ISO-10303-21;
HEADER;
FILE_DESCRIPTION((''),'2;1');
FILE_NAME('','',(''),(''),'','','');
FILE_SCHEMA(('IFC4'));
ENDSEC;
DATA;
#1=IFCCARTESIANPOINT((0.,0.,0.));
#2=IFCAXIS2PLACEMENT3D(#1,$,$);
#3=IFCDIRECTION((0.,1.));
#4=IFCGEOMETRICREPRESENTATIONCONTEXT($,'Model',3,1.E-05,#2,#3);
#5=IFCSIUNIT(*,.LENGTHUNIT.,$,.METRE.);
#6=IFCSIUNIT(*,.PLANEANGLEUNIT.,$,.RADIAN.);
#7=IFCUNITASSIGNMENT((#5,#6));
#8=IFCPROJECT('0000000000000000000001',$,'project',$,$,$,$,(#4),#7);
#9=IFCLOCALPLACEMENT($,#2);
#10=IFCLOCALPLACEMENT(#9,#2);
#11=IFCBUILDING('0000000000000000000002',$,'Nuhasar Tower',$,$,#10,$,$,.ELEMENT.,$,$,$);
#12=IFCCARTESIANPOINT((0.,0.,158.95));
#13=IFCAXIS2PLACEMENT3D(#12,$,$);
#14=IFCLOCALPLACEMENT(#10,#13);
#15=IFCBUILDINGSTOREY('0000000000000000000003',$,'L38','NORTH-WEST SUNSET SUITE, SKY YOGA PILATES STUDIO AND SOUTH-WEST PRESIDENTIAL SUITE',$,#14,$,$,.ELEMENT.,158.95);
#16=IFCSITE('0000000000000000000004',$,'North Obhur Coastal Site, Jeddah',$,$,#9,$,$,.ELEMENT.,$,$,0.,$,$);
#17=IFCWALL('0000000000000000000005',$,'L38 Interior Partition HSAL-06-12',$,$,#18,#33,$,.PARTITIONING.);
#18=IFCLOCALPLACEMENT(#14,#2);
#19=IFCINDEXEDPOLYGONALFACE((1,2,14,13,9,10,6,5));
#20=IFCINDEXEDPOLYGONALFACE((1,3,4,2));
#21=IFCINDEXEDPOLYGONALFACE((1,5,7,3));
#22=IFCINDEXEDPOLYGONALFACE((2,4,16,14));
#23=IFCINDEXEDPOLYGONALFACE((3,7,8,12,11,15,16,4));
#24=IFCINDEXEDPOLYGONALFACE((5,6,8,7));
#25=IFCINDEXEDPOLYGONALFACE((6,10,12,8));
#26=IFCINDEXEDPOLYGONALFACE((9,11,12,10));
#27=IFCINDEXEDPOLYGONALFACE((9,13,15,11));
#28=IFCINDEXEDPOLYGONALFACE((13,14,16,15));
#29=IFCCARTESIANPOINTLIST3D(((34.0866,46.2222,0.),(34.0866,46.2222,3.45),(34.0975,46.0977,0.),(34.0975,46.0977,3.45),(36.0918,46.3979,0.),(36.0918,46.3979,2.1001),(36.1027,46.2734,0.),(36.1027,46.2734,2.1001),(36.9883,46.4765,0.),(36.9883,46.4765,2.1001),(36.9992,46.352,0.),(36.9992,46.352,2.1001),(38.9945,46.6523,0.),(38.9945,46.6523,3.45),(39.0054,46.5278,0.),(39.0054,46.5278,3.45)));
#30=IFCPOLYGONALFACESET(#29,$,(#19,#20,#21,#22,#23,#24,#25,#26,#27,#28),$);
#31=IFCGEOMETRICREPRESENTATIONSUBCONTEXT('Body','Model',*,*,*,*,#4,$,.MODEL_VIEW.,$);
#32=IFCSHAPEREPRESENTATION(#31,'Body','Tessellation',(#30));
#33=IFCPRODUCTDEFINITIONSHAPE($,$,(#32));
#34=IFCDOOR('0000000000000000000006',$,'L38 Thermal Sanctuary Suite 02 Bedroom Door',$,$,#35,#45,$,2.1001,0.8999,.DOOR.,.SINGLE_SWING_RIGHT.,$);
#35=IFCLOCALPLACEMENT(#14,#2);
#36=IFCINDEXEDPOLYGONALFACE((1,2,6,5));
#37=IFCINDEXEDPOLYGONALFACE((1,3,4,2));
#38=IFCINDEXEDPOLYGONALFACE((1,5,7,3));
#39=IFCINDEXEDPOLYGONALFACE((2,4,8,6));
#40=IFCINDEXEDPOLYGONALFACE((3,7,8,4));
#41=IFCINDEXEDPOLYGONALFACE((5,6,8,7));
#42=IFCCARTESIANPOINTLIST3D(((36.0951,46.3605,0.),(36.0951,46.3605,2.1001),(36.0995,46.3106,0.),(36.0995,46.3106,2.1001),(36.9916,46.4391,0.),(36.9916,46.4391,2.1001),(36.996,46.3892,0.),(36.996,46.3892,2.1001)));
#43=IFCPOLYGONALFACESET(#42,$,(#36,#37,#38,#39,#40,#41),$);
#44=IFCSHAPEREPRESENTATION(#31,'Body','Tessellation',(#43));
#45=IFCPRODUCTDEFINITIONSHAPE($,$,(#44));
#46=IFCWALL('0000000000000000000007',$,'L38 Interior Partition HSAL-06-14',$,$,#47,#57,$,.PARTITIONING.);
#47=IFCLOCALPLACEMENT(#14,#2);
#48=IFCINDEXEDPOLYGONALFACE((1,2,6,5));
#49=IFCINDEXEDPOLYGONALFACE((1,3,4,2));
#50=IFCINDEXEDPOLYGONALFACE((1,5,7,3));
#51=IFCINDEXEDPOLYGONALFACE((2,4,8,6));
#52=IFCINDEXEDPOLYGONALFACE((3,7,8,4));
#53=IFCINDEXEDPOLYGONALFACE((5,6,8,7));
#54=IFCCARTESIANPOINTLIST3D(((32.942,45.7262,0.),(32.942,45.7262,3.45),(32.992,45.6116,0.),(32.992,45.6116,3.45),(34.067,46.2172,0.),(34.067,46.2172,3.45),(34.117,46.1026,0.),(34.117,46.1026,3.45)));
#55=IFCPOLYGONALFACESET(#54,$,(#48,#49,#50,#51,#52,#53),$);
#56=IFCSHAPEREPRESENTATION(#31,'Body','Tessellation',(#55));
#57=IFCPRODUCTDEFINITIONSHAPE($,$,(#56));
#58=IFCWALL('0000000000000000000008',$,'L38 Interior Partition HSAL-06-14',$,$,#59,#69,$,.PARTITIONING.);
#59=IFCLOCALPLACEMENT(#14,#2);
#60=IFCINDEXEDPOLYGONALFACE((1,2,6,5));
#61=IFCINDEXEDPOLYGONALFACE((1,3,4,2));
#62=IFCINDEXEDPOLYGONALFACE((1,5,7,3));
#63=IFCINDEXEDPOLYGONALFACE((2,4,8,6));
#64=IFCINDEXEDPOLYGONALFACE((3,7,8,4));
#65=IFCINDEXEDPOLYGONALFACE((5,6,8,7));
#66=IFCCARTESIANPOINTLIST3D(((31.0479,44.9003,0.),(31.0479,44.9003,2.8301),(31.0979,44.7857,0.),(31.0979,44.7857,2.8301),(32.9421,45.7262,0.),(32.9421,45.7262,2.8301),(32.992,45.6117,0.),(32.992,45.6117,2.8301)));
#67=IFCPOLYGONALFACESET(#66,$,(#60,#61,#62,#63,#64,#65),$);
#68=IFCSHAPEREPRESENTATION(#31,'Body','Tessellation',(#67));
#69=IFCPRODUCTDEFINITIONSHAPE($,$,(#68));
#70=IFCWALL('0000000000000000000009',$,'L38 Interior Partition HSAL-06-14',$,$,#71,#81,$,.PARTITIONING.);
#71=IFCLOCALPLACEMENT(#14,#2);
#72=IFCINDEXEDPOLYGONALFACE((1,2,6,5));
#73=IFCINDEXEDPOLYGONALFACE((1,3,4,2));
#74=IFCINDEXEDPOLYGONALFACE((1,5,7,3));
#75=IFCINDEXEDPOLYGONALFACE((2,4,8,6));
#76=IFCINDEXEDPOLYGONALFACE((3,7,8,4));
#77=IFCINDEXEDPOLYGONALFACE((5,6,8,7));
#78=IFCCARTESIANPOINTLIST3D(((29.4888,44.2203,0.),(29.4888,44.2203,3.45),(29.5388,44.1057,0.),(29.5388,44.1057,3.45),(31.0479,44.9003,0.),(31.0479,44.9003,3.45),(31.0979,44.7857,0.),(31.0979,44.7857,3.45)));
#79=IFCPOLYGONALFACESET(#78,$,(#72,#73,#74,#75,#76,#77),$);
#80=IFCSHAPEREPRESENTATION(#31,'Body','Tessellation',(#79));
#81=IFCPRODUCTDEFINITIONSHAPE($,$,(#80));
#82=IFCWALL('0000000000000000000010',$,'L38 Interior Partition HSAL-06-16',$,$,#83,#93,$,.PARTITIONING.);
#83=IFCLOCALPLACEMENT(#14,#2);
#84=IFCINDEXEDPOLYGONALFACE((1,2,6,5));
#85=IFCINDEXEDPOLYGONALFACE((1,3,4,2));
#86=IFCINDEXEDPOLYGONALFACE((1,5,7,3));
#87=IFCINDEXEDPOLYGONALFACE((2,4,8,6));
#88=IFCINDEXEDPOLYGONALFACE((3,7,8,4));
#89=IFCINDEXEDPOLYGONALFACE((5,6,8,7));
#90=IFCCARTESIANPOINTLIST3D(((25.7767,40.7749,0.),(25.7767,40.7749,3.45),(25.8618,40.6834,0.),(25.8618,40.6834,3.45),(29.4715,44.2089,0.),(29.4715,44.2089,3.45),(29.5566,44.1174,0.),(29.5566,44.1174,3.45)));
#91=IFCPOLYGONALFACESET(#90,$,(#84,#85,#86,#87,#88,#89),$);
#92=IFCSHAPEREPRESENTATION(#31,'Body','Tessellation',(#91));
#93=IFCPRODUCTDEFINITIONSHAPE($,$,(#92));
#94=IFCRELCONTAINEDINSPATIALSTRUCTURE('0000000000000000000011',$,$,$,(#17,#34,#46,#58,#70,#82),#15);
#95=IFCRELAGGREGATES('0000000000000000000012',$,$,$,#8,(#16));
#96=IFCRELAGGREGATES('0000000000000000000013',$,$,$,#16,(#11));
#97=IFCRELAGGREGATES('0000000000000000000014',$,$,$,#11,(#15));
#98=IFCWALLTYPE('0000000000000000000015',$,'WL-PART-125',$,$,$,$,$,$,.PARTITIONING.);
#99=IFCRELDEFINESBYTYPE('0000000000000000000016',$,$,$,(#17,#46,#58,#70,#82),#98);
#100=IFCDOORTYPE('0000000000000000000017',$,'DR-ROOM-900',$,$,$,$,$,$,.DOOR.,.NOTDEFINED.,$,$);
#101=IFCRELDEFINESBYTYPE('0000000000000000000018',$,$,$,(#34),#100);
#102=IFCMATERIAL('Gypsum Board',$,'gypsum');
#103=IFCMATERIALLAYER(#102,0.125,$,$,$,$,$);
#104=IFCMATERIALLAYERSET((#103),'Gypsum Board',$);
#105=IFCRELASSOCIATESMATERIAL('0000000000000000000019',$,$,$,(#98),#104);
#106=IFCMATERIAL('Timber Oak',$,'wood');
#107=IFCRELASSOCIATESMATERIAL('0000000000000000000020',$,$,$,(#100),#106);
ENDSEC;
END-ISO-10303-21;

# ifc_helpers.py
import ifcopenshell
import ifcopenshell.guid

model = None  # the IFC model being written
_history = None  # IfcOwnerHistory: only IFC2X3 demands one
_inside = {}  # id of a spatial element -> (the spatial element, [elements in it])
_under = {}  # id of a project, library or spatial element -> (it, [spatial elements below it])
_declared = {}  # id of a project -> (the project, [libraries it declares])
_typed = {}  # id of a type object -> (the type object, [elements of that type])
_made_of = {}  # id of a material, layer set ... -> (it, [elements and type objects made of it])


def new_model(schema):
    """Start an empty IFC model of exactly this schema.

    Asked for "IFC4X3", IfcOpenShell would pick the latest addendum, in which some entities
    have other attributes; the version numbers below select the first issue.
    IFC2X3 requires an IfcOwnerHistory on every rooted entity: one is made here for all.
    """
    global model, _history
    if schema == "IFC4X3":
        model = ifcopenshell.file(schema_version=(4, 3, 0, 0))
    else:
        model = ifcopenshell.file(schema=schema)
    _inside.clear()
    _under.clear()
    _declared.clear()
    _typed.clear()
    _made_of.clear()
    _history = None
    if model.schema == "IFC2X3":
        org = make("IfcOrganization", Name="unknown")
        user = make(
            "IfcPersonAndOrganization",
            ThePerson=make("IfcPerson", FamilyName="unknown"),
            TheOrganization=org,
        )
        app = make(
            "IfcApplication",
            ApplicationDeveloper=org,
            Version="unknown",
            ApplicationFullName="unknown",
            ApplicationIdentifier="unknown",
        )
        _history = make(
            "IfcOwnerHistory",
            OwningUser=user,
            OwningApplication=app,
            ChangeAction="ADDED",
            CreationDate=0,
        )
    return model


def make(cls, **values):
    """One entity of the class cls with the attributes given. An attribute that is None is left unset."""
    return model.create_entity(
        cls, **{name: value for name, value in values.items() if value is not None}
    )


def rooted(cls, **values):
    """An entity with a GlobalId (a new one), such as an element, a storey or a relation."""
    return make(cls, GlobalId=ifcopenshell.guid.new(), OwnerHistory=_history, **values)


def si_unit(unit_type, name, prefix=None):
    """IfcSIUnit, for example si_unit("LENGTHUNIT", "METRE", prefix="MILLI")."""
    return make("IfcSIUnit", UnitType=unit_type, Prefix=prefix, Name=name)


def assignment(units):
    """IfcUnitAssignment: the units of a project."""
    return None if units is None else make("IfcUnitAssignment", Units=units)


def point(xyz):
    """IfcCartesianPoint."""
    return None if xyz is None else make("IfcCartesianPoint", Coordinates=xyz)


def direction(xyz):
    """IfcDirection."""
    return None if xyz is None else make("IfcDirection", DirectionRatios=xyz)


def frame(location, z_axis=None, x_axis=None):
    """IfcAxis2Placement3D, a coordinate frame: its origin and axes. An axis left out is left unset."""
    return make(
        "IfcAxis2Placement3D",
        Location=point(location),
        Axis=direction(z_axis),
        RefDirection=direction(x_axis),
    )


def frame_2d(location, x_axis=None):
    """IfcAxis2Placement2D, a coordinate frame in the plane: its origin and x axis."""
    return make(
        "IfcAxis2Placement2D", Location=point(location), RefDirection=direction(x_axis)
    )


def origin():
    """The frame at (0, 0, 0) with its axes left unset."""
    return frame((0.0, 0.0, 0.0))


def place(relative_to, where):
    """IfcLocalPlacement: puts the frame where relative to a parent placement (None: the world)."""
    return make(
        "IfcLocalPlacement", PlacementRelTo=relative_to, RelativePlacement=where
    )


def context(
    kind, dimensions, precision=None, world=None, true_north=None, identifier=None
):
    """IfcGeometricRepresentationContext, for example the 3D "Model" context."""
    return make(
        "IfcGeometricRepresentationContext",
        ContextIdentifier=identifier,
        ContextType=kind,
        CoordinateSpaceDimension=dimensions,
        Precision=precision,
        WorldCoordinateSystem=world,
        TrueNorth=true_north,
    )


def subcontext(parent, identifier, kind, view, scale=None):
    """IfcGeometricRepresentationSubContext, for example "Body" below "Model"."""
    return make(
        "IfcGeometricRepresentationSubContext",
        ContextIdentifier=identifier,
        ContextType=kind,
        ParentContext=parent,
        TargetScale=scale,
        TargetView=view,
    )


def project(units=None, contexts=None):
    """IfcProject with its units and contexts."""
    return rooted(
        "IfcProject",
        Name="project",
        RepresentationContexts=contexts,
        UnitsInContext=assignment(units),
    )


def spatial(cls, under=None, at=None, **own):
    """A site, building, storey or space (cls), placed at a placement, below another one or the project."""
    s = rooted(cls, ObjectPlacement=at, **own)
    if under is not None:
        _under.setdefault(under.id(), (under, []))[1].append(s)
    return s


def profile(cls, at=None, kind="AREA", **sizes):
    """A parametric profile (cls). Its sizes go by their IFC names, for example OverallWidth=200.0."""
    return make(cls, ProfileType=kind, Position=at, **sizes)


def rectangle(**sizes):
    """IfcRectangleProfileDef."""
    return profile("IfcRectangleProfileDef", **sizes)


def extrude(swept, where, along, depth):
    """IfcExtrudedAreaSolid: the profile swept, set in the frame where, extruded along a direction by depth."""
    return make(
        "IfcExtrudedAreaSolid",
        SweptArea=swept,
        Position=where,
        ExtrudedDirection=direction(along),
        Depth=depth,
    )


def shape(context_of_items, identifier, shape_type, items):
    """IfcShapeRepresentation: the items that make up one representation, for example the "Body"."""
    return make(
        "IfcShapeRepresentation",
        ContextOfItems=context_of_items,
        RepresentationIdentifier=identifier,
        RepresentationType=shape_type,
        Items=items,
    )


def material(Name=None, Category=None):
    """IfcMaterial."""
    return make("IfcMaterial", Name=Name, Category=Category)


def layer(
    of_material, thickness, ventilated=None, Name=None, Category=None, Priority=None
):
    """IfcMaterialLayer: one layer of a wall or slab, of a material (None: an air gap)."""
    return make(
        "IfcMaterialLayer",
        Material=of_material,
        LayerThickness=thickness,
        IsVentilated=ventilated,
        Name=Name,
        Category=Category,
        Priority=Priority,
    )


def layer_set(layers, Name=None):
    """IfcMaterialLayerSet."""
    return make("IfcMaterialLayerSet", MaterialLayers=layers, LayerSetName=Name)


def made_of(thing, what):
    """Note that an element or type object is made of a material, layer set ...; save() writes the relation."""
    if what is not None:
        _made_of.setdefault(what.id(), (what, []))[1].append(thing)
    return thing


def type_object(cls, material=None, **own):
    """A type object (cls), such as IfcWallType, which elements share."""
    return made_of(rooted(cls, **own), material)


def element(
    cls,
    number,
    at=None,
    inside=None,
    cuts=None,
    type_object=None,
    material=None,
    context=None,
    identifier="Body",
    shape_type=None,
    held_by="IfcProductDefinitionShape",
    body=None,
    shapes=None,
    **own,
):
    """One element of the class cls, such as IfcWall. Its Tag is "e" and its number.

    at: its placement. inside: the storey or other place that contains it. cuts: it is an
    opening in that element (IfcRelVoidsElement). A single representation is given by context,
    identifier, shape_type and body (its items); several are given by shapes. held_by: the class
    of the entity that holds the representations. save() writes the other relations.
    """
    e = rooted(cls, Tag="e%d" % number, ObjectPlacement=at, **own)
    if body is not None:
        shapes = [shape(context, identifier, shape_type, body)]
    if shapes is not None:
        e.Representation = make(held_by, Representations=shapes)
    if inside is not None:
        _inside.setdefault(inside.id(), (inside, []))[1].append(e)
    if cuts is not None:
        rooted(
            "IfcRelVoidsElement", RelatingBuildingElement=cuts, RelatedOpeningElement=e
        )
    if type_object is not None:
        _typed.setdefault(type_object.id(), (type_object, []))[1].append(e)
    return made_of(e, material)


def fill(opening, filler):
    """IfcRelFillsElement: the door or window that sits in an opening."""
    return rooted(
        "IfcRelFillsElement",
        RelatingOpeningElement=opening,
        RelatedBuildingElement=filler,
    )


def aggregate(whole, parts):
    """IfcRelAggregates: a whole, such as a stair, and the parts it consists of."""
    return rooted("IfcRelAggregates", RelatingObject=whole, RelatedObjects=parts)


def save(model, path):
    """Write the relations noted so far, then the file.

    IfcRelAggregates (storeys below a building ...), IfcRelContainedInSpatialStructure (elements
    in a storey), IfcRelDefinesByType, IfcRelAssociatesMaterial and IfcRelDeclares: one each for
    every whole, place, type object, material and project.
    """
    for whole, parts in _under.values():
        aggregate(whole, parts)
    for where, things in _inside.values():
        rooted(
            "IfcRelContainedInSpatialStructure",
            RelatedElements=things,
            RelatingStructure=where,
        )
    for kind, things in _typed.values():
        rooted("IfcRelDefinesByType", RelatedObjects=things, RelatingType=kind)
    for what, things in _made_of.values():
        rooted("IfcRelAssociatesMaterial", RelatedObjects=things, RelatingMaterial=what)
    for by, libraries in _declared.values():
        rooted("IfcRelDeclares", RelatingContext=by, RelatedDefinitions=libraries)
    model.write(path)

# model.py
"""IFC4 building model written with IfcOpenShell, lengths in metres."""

from ifc_helpers import new_model, si_unit, direction, frame, frame_2d, origin, place, context, subcontext, project, spatial, rectangle, extrude, material, layer, layer_set, type_object, element, fill, save


model = new_model("IFC4")

# Units and contexts
model_context = context("Model", 3, precision=1e-05, world=origin(), true_north=direction((0.0, 1.0)))
body_context = subcontext(model_context, "Body", "Model", "MODEL_VIEW")
ifc_project = project(units=[si_unit("LENGTHUNIT", "METRE"), si_unit("PLANEANGLEUNIT", "RADIAN")], contexts=[model_context])

# Site, building, storey
site_placement = place(None, origin())
site = spatial("IfcSite", under=ifc_project, at=site_placement, Name="North Obhur Coastal Site, Jeddah", CompositionType="ELEMENT", RefElevation=0.0)
building_placement = place(site_placement, origin())
building = spatial("IfcBuilding", under=site, at=building_placement, Name="Nuhasar Tower", CompositionType="ELEMENT")
storey_placement = place(building_placement, frame((0.0, 0.0, 158.95)))
storey = spatial("IfcBuildingStorey", under=building, at=storey_placement, Name="L38", Description="NORTH-WEST SUNSET SUITE, SKY YOGA PILATES STUDIO AND SOUTH-WEST PRESIDENTIAL SUITE", CompositionType="ELEMENT", Elevation=158.95)

# Shared definitions
ifc_material_1 = material(Name="Gypsum Board", Category="gypsum")
ifc_material_2 = material(Name="Timber Oak", Category="wood")

# Wall, opening, door
ifc_layer_1 = layer(ifc_material_1, 0.125)
ifc_layer_set_1 = layer_set([ifc_layer_1], Name="Gypsum Board")
wall_type_1 = type_object("IfcWallType", Name="WL-PART-125", PredefinedType="PARTITIONING", material=ifc_layer_set_1)
wall_1_placement = place(storey_placement, frame((34.092, 46.1599, 0.0), z_axis=(0.0, 0.0, 1.0), x_axis=(0.996181, 0.087314, 0.0)))
wall_1 = element("IfcWall", 1, at=wall_1_placement, inside=storey, type_object=wall_type_1, Name="L38 Interior Partition HSAL-06-12", PredefinedType="PARTITIONING", context=body_context, shape_type="SweptSolid", body=[
    extrude(rectangle(XDim=4.9268, YDim=0.125, at=frame_2d((2.4634, 0.0))), origin(), (0.0, 0.0, 1.0), 3.45),
])
opening_1_placement = place(wall_1_placement, frame((2.0129, 0.0, 0.0)))
opening_1 = element("IfcOpeningElement", 2, at=opening_1_placement, cuts=wall_1, PredefinedType="OPENING", context=body_context, shape_type="SweptSolid", body=[
    extrude(rectangle(XDim=0.8999, YDim=2.1001, at=frame_2d((0.45, 1.05))), frame((0.0, 0.0725, 0.0), z_axis=(0.0, -1.0, 0.0), x_axis=(1.0, 0.0, 0.0)), (0.0, 0.0, 1.0), 0.145),
])
door_type_1 = type_object("IfcDoorType", Name="DR-ROOM-900", OperationType="NOTDEFINED", PredefinedType="DOOR", material=ifc_material_2)
door_1_placement = place(opening_1_placement, origin())
door_1 = element("IfcDoor", 3, at=door_1_placement, inside=storey, type_object=door_type_1, Name="L38 Thermal Sanctuary Suite 02 Bedroom Door", OperationType="SINGLE_SWING_RIGHT", OverallHeight=2.1001, OverallWidth=0.8999, PredefinedType="DOOR", context=body_context, shape_type="SweptSolid", body=[
    extrude(rectangle(XDim=0.8999, YDim=2.1001, at=frame_2d((0.45, 1.05))), frame((0.0, 0.0249, 0.0), z_axis=(0.0, -1.0, 0.0), x_axis=(1.0, 0.0, 0.0)), (0.0, 0.0, 1.0), 0.05),
])
fill(opening_1, door_1)

# Walls
wall_2_placement = place(storey_placement, frame((34.092, 46.1599, 0.0), z_axis=(0.0, 0.0, 1.0), x_axis=(-0.916522, -0.399984, 0.0)))
element("IfcWall", 4, at=wall_2_placement, inside=storey, type_object=wall_type_1, Name="L38 Interior Partition HSAL-06-14", PredefinedType="PARTITIONING", context=body_context, shape_type="SweptSolid", body=[
    extrude(rectangle(XDim=1.2275, YDim=0.125, at=frame_2d((0.6138, 0.0))), origin(), (0.0, 0.0, 1.0), 3.45),
])
wall_3_placement = place(storey_placement, frame((32.967, 45.6689, 0.0), z_axis=(0.0, 0.0, 1.0), x_axis=(-0.916639, -0.399715, 0.0)))
element("IfcWall", 5, at=wall_3_placement, inside=storey, type_object=wall_type_1, Name="L38 Interior Partition HSAL-06-14", PredefinedType="PARTITIONING", context=body_context, shape_type="SweptSolid", body=[
    extrude(rectangle(XDim=2.0664, YDim=0.125, at=frame_2d((1.0332, 0.0))), origin(), (0.0, 0.0, 1.0), 2.8301),
])
wall_4_placement = place(storey_placement, frame((31.073, 44.843, 0.0), z_axis=(0.0, 0.0, 1.0), x_axis=(-0.916624, -0.399749, 0.0)))
element("IfcWall", 6, at=wall_4_placement, inside=storey, type_object=wall_type_1, Name="L38 Interior Partition HSAL-06-14", PredefinedType="PARTITIONING", context=body_context, shape_type="SweptSolid", body=[
    extrude(rectangle(XDim=1.7009, YDim=0.125, at=frame_2d((0.8506, 0.0))), origin(), (0.0, 0.0, 1.0), 3.45),
])
wall_5_placement = place(storey_placement, frame((29.5139, 44.1631, 0.0), z_axis=(0.0, 0.0, 1.0), x_axis=(-0.73248, -0.680789, 0.0)))
element("IfcWall", 7, at=wall_5_placement, inside=storey, type_object=wall_type_1, Name="L38 Interior Partition HSAL-06-16", PredefinedType="PARTITIONING", context=body_context, shape_type="SweptSolid", body=[
    extrude(rectangle(XDim=5.0442, YDim=0.125, at=frame_2d((2.522, 0.0))), origin(), (0.0, 0.0, 1.0), 3.45),
])

save(model, "model.ifc")
